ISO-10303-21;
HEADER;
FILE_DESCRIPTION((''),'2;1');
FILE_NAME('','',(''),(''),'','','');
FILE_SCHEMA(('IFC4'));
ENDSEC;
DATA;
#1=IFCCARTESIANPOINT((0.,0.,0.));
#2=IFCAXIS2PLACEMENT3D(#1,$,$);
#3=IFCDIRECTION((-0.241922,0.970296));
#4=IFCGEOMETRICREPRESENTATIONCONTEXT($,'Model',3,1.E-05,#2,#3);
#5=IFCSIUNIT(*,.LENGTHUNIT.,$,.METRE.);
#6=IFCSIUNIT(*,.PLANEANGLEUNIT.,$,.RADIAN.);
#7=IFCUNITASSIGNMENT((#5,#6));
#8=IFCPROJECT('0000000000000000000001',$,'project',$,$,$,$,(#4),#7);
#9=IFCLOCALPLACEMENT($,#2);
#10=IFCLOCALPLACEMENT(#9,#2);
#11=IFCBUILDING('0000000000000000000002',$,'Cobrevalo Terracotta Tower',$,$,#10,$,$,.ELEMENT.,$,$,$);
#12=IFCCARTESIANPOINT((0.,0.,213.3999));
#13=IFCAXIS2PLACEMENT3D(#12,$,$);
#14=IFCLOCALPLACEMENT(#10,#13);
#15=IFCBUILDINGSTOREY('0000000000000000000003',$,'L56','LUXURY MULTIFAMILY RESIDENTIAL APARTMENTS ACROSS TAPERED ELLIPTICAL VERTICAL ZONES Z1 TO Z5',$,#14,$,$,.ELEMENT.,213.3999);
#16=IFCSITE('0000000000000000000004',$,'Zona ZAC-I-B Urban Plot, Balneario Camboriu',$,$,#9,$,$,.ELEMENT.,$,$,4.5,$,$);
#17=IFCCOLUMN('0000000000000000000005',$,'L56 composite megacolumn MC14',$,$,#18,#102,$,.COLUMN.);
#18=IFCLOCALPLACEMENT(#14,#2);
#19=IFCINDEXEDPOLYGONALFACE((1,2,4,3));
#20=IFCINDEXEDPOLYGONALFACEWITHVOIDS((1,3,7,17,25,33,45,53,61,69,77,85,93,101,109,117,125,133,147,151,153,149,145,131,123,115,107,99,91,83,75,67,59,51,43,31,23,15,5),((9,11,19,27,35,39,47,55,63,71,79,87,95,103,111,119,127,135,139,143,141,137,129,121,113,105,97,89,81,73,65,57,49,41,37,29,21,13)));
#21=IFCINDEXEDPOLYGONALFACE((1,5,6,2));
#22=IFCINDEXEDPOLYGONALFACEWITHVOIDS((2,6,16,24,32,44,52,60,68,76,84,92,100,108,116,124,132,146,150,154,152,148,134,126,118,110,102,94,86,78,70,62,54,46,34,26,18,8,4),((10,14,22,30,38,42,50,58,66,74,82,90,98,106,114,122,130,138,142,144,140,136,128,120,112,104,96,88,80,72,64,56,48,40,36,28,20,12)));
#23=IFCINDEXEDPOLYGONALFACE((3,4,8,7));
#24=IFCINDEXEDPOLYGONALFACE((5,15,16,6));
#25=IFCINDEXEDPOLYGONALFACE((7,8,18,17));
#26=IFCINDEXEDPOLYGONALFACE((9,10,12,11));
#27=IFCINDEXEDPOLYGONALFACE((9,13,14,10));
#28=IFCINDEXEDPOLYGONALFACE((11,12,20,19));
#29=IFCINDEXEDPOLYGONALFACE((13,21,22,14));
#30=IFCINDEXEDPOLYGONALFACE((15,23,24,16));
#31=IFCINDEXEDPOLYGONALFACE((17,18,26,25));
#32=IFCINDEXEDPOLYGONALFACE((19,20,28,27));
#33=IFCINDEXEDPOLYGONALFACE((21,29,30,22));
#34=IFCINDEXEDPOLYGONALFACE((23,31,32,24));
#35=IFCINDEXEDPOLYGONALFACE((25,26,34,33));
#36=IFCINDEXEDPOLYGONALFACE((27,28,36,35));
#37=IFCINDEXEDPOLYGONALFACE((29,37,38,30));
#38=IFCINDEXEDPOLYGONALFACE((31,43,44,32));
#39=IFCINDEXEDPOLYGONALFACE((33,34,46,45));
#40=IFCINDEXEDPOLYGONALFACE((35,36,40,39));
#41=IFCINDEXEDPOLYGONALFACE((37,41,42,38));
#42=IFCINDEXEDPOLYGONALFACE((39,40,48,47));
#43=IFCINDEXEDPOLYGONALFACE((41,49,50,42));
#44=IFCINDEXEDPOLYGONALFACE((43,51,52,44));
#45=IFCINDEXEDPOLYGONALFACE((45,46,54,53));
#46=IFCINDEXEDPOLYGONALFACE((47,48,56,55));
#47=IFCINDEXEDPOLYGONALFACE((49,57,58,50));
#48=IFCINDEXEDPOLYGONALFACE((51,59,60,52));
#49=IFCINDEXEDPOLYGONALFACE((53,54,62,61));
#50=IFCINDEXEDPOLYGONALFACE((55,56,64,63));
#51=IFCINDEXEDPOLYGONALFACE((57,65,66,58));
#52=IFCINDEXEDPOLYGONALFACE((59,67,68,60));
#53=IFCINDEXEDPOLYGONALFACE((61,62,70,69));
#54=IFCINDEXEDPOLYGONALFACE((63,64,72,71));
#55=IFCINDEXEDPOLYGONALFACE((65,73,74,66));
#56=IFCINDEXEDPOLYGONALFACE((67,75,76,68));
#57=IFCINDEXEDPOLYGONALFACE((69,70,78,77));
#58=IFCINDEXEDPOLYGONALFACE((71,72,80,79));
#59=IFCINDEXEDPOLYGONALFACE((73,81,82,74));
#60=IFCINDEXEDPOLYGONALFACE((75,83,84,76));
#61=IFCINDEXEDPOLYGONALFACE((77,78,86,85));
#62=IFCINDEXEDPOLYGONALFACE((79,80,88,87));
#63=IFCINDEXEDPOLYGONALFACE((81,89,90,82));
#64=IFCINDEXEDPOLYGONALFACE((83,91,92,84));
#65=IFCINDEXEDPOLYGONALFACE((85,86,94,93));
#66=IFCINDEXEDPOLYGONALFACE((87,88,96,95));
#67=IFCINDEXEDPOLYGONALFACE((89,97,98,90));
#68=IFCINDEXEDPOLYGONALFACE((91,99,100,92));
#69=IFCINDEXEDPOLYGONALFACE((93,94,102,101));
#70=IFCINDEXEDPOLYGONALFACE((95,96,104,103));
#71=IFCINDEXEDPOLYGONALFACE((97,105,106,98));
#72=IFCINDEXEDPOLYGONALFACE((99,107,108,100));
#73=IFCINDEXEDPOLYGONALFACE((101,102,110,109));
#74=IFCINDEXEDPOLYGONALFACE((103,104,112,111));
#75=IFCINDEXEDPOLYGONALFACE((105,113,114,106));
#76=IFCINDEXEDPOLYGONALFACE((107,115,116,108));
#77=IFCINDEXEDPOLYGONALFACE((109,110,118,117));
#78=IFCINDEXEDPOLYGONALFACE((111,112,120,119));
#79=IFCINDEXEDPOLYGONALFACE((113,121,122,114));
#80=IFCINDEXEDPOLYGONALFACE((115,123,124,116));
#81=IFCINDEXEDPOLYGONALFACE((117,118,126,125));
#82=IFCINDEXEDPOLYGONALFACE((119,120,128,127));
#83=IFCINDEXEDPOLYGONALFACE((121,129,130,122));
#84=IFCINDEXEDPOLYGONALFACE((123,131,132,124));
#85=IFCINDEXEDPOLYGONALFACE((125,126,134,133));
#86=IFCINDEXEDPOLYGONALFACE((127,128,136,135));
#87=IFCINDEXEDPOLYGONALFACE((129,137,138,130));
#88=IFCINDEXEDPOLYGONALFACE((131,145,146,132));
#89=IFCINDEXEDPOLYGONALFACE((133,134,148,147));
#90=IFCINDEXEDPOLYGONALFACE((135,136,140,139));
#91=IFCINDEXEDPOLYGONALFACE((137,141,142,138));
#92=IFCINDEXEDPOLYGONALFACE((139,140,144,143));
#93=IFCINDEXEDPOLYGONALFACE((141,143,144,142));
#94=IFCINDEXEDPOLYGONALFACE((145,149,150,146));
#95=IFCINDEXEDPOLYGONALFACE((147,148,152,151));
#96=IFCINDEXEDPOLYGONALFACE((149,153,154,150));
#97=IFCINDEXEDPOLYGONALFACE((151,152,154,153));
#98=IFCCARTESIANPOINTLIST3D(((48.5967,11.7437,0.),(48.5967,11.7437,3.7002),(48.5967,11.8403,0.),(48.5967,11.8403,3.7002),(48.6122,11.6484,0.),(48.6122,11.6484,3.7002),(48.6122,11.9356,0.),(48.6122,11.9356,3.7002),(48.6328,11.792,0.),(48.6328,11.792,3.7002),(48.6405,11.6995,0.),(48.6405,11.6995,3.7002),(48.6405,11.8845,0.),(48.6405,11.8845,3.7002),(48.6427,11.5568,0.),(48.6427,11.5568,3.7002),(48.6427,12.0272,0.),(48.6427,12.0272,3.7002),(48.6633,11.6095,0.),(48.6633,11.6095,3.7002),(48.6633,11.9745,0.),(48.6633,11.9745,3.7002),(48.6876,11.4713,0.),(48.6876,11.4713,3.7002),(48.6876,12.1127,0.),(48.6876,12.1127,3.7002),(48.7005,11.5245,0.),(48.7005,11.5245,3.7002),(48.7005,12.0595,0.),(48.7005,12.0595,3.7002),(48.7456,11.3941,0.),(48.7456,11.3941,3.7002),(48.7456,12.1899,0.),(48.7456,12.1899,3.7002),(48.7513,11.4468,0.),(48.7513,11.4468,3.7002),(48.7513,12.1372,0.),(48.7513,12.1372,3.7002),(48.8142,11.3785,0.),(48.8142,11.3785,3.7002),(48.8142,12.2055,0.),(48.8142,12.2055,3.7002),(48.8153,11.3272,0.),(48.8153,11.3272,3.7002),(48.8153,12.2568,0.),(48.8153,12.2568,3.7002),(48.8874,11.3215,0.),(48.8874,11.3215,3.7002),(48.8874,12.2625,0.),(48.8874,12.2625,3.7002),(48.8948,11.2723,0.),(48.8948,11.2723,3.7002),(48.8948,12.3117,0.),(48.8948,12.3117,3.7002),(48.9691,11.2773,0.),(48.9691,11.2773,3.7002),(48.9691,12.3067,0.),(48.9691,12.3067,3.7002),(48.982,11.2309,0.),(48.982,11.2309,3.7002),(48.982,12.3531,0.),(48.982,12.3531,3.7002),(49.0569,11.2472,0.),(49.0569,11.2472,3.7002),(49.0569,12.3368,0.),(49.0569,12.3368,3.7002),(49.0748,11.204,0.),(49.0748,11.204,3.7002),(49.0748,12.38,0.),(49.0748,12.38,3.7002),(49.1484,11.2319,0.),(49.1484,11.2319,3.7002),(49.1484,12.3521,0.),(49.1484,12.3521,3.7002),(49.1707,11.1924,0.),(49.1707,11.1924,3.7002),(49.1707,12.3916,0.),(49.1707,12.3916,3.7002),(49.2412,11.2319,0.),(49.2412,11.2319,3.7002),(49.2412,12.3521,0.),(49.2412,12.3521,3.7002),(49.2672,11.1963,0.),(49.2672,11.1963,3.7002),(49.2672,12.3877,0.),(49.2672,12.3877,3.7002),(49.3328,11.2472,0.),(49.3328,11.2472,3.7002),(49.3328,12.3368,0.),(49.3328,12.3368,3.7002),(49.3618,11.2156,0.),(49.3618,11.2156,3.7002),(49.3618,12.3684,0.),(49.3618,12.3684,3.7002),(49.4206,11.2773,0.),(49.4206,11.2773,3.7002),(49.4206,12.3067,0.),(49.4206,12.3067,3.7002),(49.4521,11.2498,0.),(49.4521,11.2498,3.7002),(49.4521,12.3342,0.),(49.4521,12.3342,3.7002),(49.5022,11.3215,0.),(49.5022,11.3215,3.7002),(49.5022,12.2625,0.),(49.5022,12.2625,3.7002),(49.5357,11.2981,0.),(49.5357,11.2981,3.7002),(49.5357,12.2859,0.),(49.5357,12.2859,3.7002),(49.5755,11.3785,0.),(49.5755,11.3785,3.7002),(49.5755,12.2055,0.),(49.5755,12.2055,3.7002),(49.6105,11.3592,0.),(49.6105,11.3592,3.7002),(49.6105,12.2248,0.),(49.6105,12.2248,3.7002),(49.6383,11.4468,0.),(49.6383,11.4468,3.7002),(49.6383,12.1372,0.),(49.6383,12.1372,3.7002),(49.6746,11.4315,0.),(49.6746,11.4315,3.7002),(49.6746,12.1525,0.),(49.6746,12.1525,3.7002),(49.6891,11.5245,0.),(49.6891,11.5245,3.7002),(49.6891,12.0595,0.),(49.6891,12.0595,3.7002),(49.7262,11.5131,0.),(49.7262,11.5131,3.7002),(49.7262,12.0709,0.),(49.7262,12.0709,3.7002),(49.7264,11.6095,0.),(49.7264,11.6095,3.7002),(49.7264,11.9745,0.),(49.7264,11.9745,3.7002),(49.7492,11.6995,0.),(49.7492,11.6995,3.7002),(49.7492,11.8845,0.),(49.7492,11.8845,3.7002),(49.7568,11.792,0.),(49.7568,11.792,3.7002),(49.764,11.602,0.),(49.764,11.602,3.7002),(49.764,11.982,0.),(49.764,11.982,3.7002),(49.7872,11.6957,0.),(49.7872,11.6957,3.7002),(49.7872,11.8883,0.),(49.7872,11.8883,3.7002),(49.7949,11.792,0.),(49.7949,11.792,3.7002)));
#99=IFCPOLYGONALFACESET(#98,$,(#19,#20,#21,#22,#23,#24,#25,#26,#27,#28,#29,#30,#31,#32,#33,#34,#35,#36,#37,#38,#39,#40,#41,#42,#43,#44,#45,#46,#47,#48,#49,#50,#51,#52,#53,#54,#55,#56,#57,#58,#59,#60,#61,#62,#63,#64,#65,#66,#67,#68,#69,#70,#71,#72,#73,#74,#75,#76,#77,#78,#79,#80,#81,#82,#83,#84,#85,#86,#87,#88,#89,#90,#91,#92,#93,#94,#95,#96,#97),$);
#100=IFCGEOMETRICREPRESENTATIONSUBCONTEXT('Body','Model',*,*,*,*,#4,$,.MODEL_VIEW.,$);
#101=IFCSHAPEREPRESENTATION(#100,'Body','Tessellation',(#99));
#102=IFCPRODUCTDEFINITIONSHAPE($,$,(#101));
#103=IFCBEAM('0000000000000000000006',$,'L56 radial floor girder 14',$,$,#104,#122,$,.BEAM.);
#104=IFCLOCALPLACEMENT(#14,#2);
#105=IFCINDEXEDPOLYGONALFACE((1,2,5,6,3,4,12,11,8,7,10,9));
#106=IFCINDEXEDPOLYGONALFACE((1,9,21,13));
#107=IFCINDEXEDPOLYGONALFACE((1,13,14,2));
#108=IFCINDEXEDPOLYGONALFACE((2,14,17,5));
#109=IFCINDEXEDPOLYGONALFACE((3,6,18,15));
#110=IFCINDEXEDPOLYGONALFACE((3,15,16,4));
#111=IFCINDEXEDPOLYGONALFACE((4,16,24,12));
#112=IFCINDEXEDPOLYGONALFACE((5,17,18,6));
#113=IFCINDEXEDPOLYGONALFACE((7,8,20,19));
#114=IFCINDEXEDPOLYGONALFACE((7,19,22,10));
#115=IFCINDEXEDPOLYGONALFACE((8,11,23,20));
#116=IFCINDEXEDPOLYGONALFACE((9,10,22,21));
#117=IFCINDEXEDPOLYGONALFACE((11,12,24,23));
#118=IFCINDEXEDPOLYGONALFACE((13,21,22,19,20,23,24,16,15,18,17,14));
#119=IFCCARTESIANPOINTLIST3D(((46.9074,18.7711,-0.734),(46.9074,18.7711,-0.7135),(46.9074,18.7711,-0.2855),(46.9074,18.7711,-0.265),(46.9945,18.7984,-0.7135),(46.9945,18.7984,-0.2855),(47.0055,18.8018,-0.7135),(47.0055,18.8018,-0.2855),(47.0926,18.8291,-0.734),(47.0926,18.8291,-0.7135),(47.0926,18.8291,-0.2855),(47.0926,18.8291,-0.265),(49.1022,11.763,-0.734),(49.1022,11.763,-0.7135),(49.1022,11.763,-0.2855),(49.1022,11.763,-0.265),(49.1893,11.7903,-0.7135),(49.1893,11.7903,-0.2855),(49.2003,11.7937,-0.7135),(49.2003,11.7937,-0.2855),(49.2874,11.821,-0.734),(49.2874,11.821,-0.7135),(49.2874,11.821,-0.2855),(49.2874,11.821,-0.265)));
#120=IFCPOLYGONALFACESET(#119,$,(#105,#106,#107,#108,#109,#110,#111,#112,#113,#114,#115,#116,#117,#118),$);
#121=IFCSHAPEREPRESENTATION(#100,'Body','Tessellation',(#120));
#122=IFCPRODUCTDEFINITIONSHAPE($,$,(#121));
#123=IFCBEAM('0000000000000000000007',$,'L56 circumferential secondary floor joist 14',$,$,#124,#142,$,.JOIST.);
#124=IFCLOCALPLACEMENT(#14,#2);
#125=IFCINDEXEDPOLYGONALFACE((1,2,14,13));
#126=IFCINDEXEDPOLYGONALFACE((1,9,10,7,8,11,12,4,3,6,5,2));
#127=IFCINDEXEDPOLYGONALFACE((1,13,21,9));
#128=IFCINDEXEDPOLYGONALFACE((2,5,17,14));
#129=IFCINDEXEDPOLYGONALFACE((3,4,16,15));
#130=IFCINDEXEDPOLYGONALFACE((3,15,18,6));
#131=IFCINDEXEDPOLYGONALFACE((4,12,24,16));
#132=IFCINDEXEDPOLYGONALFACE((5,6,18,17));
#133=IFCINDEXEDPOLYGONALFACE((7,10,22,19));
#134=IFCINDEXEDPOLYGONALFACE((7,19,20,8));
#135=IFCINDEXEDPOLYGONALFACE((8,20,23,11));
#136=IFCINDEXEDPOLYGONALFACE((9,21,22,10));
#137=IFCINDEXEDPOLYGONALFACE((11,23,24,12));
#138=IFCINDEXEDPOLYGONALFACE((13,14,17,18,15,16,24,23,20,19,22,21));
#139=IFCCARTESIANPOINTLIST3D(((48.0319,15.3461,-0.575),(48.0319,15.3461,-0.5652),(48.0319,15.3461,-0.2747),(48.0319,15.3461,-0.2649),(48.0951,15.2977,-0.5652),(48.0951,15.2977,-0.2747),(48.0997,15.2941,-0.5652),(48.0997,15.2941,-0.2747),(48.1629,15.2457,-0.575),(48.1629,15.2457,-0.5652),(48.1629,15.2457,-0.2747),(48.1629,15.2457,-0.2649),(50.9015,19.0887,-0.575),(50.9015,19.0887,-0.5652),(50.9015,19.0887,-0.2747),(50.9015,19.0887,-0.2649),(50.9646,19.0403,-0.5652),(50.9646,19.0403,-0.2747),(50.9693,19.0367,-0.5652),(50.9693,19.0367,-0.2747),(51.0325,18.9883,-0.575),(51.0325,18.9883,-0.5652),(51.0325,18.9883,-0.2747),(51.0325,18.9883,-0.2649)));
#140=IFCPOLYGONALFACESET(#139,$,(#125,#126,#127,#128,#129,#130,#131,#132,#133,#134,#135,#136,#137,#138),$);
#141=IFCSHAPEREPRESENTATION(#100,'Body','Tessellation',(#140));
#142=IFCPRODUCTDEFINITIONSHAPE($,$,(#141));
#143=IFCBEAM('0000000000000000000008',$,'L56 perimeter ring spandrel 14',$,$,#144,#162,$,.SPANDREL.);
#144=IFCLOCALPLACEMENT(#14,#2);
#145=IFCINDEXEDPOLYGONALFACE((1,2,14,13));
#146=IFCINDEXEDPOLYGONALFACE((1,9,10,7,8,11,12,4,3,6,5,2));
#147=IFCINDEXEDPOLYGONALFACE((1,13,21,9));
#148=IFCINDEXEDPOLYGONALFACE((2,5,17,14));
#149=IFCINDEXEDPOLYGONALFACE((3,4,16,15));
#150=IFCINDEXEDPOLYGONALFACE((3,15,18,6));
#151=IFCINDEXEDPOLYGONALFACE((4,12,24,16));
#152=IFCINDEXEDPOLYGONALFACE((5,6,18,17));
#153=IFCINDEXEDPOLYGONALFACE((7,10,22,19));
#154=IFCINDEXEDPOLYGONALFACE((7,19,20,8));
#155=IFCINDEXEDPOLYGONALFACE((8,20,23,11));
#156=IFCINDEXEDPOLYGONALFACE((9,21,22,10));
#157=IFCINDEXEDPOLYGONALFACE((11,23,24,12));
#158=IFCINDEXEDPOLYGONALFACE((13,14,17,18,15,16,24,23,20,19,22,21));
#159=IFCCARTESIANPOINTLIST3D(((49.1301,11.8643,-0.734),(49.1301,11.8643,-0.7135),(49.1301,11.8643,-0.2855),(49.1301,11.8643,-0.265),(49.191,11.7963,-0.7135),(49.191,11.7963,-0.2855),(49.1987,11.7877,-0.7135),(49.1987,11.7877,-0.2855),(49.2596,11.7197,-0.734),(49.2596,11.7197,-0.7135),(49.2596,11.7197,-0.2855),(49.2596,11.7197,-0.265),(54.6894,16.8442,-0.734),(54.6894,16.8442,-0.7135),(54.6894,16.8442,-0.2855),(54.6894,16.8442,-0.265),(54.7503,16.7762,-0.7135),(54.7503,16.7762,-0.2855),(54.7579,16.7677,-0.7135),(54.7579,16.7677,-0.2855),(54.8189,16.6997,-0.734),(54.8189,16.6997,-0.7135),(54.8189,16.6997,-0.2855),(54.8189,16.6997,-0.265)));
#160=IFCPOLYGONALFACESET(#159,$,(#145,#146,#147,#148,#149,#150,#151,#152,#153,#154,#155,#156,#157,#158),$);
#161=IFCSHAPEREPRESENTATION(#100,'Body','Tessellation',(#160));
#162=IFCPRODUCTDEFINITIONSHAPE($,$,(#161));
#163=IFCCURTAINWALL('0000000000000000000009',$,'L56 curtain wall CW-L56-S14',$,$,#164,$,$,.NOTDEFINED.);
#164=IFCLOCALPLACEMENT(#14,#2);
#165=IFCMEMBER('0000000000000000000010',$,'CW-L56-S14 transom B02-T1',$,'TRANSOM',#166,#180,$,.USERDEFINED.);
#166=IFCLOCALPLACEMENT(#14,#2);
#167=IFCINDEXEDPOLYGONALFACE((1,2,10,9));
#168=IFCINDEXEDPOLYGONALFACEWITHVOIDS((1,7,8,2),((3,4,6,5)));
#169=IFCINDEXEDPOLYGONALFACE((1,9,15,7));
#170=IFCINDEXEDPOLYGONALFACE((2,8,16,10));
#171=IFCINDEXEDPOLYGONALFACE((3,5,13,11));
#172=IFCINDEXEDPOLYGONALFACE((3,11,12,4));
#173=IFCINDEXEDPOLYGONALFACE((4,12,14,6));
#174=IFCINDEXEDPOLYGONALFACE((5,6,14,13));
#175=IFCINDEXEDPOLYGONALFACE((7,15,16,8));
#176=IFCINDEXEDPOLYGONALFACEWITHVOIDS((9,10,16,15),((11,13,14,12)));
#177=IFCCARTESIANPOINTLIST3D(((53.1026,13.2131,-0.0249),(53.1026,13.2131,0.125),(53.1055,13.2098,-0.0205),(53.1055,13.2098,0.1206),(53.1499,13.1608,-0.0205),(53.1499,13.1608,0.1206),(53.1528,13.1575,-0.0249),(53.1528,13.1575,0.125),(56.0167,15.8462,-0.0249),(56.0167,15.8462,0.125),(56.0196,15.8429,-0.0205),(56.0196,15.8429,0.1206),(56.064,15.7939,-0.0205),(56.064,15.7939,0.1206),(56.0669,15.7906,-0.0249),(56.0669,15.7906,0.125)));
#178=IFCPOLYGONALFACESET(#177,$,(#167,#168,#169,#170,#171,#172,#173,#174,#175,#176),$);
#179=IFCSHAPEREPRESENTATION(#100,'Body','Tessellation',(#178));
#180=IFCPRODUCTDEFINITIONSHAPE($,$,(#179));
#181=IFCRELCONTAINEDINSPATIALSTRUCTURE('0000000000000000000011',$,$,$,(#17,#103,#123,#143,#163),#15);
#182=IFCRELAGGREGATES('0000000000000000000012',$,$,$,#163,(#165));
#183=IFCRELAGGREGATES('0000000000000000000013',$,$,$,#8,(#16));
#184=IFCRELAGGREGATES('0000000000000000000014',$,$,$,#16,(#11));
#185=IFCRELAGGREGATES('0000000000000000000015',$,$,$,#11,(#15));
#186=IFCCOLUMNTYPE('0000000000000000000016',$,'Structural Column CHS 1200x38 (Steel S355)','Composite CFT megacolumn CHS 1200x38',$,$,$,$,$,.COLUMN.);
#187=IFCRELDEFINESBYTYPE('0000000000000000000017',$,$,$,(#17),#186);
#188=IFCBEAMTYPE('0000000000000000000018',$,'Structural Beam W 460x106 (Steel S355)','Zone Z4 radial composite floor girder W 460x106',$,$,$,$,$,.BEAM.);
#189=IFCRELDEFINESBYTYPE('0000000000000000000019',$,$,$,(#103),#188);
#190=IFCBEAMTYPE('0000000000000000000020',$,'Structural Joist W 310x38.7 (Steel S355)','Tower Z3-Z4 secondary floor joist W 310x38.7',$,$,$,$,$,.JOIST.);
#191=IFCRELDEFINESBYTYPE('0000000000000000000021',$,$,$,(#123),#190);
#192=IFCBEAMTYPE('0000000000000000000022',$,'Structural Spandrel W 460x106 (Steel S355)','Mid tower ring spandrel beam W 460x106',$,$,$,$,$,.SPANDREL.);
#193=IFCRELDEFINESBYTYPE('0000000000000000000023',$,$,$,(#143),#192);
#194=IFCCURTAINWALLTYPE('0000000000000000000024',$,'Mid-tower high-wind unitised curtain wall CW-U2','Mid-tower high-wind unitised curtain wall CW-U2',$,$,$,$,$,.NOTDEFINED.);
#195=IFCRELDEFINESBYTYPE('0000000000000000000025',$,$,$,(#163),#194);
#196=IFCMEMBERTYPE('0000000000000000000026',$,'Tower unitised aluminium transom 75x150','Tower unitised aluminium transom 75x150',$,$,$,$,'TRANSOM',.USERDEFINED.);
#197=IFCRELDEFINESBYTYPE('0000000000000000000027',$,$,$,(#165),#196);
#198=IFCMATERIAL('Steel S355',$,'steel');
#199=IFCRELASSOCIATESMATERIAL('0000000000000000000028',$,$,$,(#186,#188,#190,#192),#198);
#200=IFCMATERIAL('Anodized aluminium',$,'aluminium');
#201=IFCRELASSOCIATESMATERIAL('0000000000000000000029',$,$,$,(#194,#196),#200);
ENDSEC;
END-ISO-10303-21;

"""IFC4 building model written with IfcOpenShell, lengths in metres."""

from ifc_helpers import new_model, si_unit, direction, frame, origin, origin_2d, place, context, subcontext, project, spatial, hollow_rectangle, hollow_circle, i_section, extrude, source, transform, mapped, material, material_profile, profile_set, type_object, element, aggregate, save


model = new_model("IFC4")

# Units and contexts
model_context = context("Model", 3, precision=1e-05, world=origin(), true_north=direction((-0.241922, 0.970296)))
body_context = subcontext(model_context, "Body", "Model", "MODEL_VIEW")
ifc_project = project(units=[si_unit("LENGTHUNIT", "METRE"), si_unit("PLANEANGLEUNIT", "RADIAN")], contexts=[model_context])

# Site, building, storey
site_placement = place(None, origin())
site = spatial("IfcSite", under=ifc_project, at=site_placement, Name="Zona ZAC-I-B Urban Plot, Balneario Camboriu", CompositionType="ELEMENT", RefElevation=4.5)
building_placement = place(site_placement, origin())
building = spatial("IfcBuilding", under=site, at=building_placement, Name="Cobrevalo Terracotta Tower", CompositionType="ELEMENT")
storey_placement = place(building_placement, frame((0.0, 0.0, 213.3999)))
storey = spatial("IfcBuildingStorey", under=building, at=storey_placement, Name="L56", Description="LUXURY MULTIFAMILY RESIDENTIAL APARTMENTS ACROSS TAPERED ELLIPTICAL VERTICAL ZONES Z1 TO Z5", CompositionType="ELEMENT", Elevation=213.3999)

# Column
ifc_material_1 = material(Name="Steel S355", Category="steel")
ifc_material_profile_1 = material_profile(ifc_material_1, hollow_circle(Radius=0.6001, WallThickness=0.0381, at=origin_2d()), Name="CHS 1200x38")
ifc_profile_set_1 = profile_set([ifc_material_profile_1], Name="Steel S355")
column_type = type_object("IfcColumnType", Name="Structural Column CHS 1200x38 (Steel S355)", Description="Composite CFT megacolumn CHS 1200x38", PredefinedType="COLUMN", material=ifc_profile_set_1)
column_placement = place(storey_placement, frame((49.1948, 11.792, 0.0), z_axis=(0.0, 0.0, 1.0), x_axis=(1.0, 0.0, 0.0)))
element("IfcColumn", 1, at=column_placement, inside=storey, type_object=column_type, Name="L56 composite megacolumn MC14", PredefinedType="COLUMN", context=body_context, shape_type="SweptSolid", body=[
    extrude(hollow_circle(Radius=0.6001, WallThickness=0.0381, at=origin_2d()), origin(), (0.0, 0.0, 1.0), 3.7002),
])

# Beams
ifc_material_profile_2 = material_profile(ifc_material_1, i_section(OverallWidth=0.1941, OverallDepth=0.469, WebThickness=0.0115, FlangeThickness=0.0205, at=origin_2d()), Name="W 460x106")
ifc_profile_set_2 = profile_set([ifc_material_profile_2], Name="Steel S355")
beam_type_1 = type_object("IfcBeamType", Name="Structural Beam W 460x106 (Steel S355)", Description="Zone Z4 radial composite floor girder W 460x106", PredefinedType="BEAM", material=ifc_profile_set_2)
beam_1_placement = place(storey_placement, frame((49.1948, 11.792, -0.4995), z_axis=(-0.298871, 0.954293, 0.0), x_axis=(-0.954293, -0.298871, 0.0)))
element("IfcBeam", 2, at=beam_1_placement, inside=storey, type_object=beam_type_1, Name="L56 radial floor girder 14", PredefinedType="BEAM", context=body_context, shape_type="SweptSolid", body=[
    extrude(i_section(OverallWidth=0.1941, OverallDepth=0.469, WebThickness=0.0115, FlangeThickness=0.0205, at=origin_2d()), origin(), (0.0, 0.0, 1.0), 7.3438),
])
ifc_material_profile_3 = material_profile(ifc_material_1, i_section(OverallWidth=0.165, OverallDepth=0.3101, WebThickness=0.0059, FlangeThickness=0.0098, at=origin_2d()), Name="W 310x38.7")
ifc_profile_set_3 = profile_set([ifc_material_profile_3], Name="Steel S355")
beam_type_2 = type_object("IfcBeamType", Name="Structural Joist W 310x38.7 (Steel S355)", Description="Tower Z3-Z4 secondary floor joist W 310x38.7", PredefinedType="JOIST", material=ifc_profile_set_3)
beam_2_placement = place(storey_placement, frame((48.0974, 15.2959, -0.4199), z_axis=(0.608464, 0.793581, 0.0), x_axis=(-0.793581, 0.608464, 0.0)))
element("IfcBeam", 3, at=beam_2_placement, inside=storey, type_object=beam_type_2, Name="L56 circumferential secondary floor joist 14", PredefinedType="JOIST", context=body_context, shape_type="SweptSolid", body=[
    extrude(i_section(OverallWidth=0.165, OverallDepth=0.3101, WebThickness=0.0059, FlangeThickness=0.0098, at=origin_2d()), origin(), (0.0, 0.0, 1.0), 4.7161),
])
ifc_material_profile_4 = material_profile(ifc_material_1, i_section(OverallWidth=0.1941, OverallDepth=0.469, WebThickness=0.0115, FlangeThickness=0.0205, at=origin_2d()), Name="W 460x106")
ifc_profile_set_4 = profile_set([ifc_material_profile_4], Name="Steel S355")
beam_type_3 = type_object("IfcBeamType", Name="Structural Spandrel W 460x106 (Steel S355)", Description="Mid tower ring spandrel beam W 460x106", PredefinedType="SPANDREL", material=ifc_profile_set_4)
beam_3_placement = place(storey_placement, frame((49.1948, 11.792, -0.4995), z_axis=(0.744852, 0.66723, 0.0), x_axis=(-0.66723, 0.744852, 0.0)))
element("IfcBeam", 4, at=beam_3_placement, inside=storey, type_object=beam_type_3, Name="L56 perimeter ring spandrel 14", PredefinedType="SPANDREL", context=body_context, shape_type="SweptSolid", body=[
    extrude(i_section(OverallWidth=0.1941, OverallDepth=0.469, WebThickness=0.0115, FlangeThickness=0.0205, at=origin_2d()), origin(), (0.0, 0.0, 1.0), 7.4636),
])

# Curtain wall, member
ifc_material_2 = material(Name="Anodized aluminium", Category="aluminium")
curtain_wall_type = type_object("IfcCurtainWallType", Name="Mid-tower high-wind unitised curtain wall CW-U2", Description="Mid-tower high-wind unitised curtain wall CW-U2", PredefinedType="NOTDEFINED", material=ifc_material_2)
curtain_wall_1_placement = place(storey_placement, origin())
curtain_wall_1 = element("IfcCurtainWall", 5, at=curtain_wall_1_placement, inside=storey, type_object=curtain_wall_type, Name="L56 curtain wall CW-L56-S14", PredefinedType="NOTDEFINED")
ifc_material_profile_5 = material_profile(ifc_material_2, hollow_rectangle(XDim=0.075, YDim=0.1499, WallThickness=0.0044, at=origin_2d()), Name="CWT 75x150")
ifc_profile_set_5 = profile_set([ifc_material_profile_5], Name="Anodized aluminium")
member_type_1 = type_object("IfcMemberType", Name="Tower unitised aluminium transom 75x150", Description="Tower unitised aluminium transom 75x150", ElementType="TRANSOM", PredefinedType="USERDEFINED", material=ifc_profile_set_5)
shared_shape_1 = source(origin(), body_context, "Body", "SweptSolid", [
    extrude(hollow_rectangle(XDim=0.075, YDim=0.1499, WallThickness=0.0044, at=origin_2d()), origin(), (0.0, 0.0, 1.0), 3.9275),
])
member_1_placement = place(storey_placement, frame((53.1277, 13.1853, 0.05), z_axis=(0.741976, 0.670426, 0.0), x_axis=(-0.670426, 0.741976, 0.0)))
member_1 = element("IfcMember", 6, at=member_1_placement, type_object=member_type_1, Name="CW-L56-S14 transom B02-T1", ObjectType="TRANSOM", PredefinedType="USERDEFINED", context=body_context, shape_type="MappedRepresentation", body=[
    mapped(shared_shape_1, transform((0.0, 0.0, 0.0), scale=1.0)),
])

aggregate(curtain_wall_1, [member_1])

save(model, "model.ifc")
